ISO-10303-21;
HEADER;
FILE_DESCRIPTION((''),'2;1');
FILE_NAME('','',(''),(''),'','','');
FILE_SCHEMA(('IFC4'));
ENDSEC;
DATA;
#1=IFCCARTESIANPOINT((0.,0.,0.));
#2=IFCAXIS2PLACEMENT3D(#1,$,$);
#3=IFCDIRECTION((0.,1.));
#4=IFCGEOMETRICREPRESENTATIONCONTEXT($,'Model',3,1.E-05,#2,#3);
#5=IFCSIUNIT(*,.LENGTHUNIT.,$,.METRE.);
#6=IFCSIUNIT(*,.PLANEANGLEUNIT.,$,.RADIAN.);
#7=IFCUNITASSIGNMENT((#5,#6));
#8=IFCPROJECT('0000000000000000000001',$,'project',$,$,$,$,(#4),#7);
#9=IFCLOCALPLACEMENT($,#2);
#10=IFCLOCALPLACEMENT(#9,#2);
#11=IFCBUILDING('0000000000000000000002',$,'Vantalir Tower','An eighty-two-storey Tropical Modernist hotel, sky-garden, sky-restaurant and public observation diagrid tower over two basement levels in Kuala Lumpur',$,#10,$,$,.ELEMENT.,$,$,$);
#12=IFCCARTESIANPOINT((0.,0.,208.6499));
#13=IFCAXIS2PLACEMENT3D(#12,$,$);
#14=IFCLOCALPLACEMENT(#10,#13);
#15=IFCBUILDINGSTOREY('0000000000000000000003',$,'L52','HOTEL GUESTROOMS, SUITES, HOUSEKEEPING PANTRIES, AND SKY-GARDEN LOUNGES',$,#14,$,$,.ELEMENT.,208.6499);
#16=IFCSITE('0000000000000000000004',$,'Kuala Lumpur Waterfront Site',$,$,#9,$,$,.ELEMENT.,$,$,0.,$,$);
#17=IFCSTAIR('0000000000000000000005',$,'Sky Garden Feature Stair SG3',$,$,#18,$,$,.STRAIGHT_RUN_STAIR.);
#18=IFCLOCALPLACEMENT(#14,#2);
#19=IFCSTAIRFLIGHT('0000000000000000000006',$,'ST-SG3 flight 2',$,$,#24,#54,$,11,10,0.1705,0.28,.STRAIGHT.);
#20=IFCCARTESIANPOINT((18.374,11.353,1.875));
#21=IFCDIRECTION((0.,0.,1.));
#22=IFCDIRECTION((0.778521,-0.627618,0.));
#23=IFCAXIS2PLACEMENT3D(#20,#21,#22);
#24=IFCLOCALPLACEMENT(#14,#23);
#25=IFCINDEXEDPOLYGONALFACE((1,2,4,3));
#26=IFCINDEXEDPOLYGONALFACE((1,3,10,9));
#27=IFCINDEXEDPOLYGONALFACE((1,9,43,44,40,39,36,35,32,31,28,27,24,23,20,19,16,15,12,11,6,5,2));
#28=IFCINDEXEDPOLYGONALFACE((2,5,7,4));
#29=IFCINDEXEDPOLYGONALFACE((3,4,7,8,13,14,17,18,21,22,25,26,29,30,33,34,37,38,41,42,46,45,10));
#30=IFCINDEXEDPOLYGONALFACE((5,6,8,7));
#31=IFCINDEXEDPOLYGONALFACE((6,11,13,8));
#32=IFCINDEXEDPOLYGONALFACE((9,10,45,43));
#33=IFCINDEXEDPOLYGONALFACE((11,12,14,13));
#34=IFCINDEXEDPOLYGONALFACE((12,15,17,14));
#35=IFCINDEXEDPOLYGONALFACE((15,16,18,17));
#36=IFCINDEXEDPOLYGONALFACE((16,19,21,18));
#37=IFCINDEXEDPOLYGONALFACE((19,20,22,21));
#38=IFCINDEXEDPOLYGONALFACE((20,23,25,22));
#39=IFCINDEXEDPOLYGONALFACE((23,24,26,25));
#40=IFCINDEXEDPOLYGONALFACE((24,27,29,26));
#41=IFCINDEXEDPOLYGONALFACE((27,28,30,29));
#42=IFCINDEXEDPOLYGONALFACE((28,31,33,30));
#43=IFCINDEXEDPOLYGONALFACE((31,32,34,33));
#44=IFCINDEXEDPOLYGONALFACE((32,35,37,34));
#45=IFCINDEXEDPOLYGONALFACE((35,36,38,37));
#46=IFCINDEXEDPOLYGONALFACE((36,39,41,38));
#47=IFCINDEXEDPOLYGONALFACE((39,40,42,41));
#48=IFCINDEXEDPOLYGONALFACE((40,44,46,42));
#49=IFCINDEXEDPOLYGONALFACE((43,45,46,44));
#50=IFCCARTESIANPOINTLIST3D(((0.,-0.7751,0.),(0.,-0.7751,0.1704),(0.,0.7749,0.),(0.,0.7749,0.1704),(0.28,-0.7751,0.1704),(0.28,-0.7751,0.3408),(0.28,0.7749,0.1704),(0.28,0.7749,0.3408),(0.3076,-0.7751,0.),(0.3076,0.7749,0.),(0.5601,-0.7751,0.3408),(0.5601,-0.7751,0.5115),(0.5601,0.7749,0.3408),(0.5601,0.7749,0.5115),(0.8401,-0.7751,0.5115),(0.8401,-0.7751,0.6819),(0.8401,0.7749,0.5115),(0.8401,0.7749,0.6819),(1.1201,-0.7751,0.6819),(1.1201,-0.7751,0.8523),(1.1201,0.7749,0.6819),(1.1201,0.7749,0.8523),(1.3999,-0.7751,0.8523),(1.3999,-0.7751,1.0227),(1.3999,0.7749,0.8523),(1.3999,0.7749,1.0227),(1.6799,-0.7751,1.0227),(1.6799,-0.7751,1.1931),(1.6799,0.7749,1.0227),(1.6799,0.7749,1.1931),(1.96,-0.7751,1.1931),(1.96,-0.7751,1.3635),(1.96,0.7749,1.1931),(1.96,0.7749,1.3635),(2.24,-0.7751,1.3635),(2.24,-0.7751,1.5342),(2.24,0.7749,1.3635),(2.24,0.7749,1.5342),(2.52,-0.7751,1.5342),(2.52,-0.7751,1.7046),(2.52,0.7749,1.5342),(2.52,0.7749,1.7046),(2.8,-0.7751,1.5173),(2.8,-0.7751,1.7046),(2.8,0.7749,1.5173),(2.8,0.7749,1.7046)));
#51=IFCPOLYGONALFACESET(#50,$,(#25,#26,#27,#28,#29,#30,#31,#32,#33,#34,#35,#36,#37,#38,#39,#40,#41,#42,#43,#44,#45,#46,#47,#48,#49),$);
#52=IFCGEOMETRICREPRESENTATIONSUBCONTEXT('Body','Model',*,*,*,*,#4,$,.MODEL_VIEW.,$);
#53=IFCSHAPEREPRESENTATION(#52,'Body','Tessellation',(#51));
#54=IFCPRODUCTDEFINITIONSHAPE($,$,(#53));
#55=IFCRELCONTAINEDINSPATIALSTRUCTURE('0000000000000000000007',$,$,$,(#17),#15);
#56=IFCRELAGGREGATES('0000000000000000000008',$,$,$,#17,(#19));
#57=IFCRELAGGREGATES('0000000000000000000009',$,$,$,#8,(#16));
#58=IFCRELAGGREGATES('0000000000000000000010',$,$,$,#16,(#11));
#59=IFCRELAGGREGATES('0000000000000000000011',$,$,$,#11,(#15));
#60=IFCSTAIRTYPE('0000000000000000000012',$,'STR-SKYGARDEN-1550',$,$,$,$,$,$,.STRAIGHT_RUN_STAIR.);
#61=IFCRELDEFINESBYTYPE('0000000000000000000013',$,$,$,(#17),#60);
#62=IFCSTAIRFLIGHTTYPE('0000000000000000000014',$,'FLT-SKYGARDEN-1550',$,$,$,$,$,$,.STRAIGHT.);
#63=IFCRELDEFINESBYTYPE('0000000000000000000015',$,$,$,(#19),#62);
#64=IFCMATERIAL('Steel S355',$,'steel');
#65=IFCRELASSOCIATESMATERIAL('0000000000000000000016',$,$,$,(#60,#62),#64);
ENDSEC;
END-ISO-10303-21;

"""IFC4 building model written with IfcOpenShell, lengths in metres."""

from ifc_helpers import new_model, si_unit, direction, frame, origin, place, context, subcontext, project, spatial, polyline, outline, extrude, material, type_object, element, aggregate, save


model = new_model("IFC4")

# Units and contexts
model_context = context("Model", 3, precision=1e-05, world=origin(), true_north=direction((0.0, 1.0)))
body_context = subcontext(model_context, "Body", "Model", "MODEL_VIEW")
ifc_project = project(units=[si_unit("LENGTHUNIT", "METRE"), si_unit("PLANEANGLEUNIT", "RADIAN")], contexts=[model_context])

# Site, building, storey
site_placement = place(None, origin())
site = spatial("IfcSite", under=ifc_project, at=site_placement, Name="Kuala Lumpur Waterfront Site", CompositionType="ELEMENT", RefElevation=0.0)
building_placement = place(site_placement, origin())
building = spatial("IfcBuilding", under=site, at=building_placement, Name="Vantalir Tower", Description="An eighty-two-storey Tropical Modernist hotel, sky-garden, sky-restaurant and public observation diagrid tower over two basement levels in Kuala Lumpur", CompositionType="ELEMENT")
storey_placement = place(building_placement, frame((0.0, 0.0, 208.6499)))
storey = spatial("IfcBuildingStorey", under=building, at=storey_placement, Name="L52", Description="HOTEL GUESTROOMS, SUITES, HOUSEKEEPING PANTRIES, AND SKY-GARDEN LOUNGES", CompositionType="ELEMENT", Elevation=208.6499)

# Shared definitions
ifc_material_1 = material(Name="Steel S355", Category="steel")

# Stair, stair flight
stair_type = type_object("IfcStairType", Name="STR-SKYGARDEN-1550", PredefinedType="STRAIGHT_RUN_STAIR", material=ifc_material_1)
stair_placement = place(storey_placement, origin())
stair = element("IfcStair", 1, at=stair_placement, inside=storey, type_object=stair_type, Name="Sky Garden Feature Stair SG3", PredefinedType="STRAIGHT_RUN_STAIR")
stair_flight_type = type_object("IfcStairFlightType", Name="FLT-SKYGARDEN-1550", PredefinedType="STRAIGHT", material=ifc_material_1)
stair_flight_placement = place(storey_placement, frame((18.374, 11.353, 1.875), z_axis=(0.0, 0.0, 1.0), x_axis=(0.778521, -0.627618, 0.0)))
stair_flight = element("IfcStairFlight", 2, at=stair_flight_placement, type_object=stair_flight_type, Name="ST-SG3 flight 2", NumberOfRisers=11, NumberOfTreads=10, PredefinedType="STRAIGHT", RiserHeight=0.1705, TreadLength=0.28, context=body_context, shape_type="SweptSolid", body=[
    extrude(outline(polyline([(0.0, 0.0), (0.0, 0.1704), (0.28, 0.1704), (0.28, 0.3408), (0.5601, 0.3408), (0.5601, 0.5115), (0.8401, 0.5115), (0.8401, 0.6819), (1.1201, 0.6819), (1.1201, 0.8523), (1.3999, 0.8523), (1.3999, 1.0227), (1.6799, 1.0227), (1.6799, 1.1931), (1.96, 1.1931), (1.96, 1.3635), (2.24, 1.3635), (2.24, 1.5342), (2.52, 1.5342), (2.52, 1.7046), (2.8, 1.7046), (2.8, 1.875), (2.8, 1.5173), (0.3076, 0.0), (0.0, 0.0)])), frame((0.0, 0.7749, 0.0), z_axis=(0.0, -1.0, 0.0), x_axis=(1.0, 0.0, 0.0)), (0.0, 0.0, 1.0), 1.55),
])
aggregate(stair, [stair_flight])

save(model, "model.ifc")
